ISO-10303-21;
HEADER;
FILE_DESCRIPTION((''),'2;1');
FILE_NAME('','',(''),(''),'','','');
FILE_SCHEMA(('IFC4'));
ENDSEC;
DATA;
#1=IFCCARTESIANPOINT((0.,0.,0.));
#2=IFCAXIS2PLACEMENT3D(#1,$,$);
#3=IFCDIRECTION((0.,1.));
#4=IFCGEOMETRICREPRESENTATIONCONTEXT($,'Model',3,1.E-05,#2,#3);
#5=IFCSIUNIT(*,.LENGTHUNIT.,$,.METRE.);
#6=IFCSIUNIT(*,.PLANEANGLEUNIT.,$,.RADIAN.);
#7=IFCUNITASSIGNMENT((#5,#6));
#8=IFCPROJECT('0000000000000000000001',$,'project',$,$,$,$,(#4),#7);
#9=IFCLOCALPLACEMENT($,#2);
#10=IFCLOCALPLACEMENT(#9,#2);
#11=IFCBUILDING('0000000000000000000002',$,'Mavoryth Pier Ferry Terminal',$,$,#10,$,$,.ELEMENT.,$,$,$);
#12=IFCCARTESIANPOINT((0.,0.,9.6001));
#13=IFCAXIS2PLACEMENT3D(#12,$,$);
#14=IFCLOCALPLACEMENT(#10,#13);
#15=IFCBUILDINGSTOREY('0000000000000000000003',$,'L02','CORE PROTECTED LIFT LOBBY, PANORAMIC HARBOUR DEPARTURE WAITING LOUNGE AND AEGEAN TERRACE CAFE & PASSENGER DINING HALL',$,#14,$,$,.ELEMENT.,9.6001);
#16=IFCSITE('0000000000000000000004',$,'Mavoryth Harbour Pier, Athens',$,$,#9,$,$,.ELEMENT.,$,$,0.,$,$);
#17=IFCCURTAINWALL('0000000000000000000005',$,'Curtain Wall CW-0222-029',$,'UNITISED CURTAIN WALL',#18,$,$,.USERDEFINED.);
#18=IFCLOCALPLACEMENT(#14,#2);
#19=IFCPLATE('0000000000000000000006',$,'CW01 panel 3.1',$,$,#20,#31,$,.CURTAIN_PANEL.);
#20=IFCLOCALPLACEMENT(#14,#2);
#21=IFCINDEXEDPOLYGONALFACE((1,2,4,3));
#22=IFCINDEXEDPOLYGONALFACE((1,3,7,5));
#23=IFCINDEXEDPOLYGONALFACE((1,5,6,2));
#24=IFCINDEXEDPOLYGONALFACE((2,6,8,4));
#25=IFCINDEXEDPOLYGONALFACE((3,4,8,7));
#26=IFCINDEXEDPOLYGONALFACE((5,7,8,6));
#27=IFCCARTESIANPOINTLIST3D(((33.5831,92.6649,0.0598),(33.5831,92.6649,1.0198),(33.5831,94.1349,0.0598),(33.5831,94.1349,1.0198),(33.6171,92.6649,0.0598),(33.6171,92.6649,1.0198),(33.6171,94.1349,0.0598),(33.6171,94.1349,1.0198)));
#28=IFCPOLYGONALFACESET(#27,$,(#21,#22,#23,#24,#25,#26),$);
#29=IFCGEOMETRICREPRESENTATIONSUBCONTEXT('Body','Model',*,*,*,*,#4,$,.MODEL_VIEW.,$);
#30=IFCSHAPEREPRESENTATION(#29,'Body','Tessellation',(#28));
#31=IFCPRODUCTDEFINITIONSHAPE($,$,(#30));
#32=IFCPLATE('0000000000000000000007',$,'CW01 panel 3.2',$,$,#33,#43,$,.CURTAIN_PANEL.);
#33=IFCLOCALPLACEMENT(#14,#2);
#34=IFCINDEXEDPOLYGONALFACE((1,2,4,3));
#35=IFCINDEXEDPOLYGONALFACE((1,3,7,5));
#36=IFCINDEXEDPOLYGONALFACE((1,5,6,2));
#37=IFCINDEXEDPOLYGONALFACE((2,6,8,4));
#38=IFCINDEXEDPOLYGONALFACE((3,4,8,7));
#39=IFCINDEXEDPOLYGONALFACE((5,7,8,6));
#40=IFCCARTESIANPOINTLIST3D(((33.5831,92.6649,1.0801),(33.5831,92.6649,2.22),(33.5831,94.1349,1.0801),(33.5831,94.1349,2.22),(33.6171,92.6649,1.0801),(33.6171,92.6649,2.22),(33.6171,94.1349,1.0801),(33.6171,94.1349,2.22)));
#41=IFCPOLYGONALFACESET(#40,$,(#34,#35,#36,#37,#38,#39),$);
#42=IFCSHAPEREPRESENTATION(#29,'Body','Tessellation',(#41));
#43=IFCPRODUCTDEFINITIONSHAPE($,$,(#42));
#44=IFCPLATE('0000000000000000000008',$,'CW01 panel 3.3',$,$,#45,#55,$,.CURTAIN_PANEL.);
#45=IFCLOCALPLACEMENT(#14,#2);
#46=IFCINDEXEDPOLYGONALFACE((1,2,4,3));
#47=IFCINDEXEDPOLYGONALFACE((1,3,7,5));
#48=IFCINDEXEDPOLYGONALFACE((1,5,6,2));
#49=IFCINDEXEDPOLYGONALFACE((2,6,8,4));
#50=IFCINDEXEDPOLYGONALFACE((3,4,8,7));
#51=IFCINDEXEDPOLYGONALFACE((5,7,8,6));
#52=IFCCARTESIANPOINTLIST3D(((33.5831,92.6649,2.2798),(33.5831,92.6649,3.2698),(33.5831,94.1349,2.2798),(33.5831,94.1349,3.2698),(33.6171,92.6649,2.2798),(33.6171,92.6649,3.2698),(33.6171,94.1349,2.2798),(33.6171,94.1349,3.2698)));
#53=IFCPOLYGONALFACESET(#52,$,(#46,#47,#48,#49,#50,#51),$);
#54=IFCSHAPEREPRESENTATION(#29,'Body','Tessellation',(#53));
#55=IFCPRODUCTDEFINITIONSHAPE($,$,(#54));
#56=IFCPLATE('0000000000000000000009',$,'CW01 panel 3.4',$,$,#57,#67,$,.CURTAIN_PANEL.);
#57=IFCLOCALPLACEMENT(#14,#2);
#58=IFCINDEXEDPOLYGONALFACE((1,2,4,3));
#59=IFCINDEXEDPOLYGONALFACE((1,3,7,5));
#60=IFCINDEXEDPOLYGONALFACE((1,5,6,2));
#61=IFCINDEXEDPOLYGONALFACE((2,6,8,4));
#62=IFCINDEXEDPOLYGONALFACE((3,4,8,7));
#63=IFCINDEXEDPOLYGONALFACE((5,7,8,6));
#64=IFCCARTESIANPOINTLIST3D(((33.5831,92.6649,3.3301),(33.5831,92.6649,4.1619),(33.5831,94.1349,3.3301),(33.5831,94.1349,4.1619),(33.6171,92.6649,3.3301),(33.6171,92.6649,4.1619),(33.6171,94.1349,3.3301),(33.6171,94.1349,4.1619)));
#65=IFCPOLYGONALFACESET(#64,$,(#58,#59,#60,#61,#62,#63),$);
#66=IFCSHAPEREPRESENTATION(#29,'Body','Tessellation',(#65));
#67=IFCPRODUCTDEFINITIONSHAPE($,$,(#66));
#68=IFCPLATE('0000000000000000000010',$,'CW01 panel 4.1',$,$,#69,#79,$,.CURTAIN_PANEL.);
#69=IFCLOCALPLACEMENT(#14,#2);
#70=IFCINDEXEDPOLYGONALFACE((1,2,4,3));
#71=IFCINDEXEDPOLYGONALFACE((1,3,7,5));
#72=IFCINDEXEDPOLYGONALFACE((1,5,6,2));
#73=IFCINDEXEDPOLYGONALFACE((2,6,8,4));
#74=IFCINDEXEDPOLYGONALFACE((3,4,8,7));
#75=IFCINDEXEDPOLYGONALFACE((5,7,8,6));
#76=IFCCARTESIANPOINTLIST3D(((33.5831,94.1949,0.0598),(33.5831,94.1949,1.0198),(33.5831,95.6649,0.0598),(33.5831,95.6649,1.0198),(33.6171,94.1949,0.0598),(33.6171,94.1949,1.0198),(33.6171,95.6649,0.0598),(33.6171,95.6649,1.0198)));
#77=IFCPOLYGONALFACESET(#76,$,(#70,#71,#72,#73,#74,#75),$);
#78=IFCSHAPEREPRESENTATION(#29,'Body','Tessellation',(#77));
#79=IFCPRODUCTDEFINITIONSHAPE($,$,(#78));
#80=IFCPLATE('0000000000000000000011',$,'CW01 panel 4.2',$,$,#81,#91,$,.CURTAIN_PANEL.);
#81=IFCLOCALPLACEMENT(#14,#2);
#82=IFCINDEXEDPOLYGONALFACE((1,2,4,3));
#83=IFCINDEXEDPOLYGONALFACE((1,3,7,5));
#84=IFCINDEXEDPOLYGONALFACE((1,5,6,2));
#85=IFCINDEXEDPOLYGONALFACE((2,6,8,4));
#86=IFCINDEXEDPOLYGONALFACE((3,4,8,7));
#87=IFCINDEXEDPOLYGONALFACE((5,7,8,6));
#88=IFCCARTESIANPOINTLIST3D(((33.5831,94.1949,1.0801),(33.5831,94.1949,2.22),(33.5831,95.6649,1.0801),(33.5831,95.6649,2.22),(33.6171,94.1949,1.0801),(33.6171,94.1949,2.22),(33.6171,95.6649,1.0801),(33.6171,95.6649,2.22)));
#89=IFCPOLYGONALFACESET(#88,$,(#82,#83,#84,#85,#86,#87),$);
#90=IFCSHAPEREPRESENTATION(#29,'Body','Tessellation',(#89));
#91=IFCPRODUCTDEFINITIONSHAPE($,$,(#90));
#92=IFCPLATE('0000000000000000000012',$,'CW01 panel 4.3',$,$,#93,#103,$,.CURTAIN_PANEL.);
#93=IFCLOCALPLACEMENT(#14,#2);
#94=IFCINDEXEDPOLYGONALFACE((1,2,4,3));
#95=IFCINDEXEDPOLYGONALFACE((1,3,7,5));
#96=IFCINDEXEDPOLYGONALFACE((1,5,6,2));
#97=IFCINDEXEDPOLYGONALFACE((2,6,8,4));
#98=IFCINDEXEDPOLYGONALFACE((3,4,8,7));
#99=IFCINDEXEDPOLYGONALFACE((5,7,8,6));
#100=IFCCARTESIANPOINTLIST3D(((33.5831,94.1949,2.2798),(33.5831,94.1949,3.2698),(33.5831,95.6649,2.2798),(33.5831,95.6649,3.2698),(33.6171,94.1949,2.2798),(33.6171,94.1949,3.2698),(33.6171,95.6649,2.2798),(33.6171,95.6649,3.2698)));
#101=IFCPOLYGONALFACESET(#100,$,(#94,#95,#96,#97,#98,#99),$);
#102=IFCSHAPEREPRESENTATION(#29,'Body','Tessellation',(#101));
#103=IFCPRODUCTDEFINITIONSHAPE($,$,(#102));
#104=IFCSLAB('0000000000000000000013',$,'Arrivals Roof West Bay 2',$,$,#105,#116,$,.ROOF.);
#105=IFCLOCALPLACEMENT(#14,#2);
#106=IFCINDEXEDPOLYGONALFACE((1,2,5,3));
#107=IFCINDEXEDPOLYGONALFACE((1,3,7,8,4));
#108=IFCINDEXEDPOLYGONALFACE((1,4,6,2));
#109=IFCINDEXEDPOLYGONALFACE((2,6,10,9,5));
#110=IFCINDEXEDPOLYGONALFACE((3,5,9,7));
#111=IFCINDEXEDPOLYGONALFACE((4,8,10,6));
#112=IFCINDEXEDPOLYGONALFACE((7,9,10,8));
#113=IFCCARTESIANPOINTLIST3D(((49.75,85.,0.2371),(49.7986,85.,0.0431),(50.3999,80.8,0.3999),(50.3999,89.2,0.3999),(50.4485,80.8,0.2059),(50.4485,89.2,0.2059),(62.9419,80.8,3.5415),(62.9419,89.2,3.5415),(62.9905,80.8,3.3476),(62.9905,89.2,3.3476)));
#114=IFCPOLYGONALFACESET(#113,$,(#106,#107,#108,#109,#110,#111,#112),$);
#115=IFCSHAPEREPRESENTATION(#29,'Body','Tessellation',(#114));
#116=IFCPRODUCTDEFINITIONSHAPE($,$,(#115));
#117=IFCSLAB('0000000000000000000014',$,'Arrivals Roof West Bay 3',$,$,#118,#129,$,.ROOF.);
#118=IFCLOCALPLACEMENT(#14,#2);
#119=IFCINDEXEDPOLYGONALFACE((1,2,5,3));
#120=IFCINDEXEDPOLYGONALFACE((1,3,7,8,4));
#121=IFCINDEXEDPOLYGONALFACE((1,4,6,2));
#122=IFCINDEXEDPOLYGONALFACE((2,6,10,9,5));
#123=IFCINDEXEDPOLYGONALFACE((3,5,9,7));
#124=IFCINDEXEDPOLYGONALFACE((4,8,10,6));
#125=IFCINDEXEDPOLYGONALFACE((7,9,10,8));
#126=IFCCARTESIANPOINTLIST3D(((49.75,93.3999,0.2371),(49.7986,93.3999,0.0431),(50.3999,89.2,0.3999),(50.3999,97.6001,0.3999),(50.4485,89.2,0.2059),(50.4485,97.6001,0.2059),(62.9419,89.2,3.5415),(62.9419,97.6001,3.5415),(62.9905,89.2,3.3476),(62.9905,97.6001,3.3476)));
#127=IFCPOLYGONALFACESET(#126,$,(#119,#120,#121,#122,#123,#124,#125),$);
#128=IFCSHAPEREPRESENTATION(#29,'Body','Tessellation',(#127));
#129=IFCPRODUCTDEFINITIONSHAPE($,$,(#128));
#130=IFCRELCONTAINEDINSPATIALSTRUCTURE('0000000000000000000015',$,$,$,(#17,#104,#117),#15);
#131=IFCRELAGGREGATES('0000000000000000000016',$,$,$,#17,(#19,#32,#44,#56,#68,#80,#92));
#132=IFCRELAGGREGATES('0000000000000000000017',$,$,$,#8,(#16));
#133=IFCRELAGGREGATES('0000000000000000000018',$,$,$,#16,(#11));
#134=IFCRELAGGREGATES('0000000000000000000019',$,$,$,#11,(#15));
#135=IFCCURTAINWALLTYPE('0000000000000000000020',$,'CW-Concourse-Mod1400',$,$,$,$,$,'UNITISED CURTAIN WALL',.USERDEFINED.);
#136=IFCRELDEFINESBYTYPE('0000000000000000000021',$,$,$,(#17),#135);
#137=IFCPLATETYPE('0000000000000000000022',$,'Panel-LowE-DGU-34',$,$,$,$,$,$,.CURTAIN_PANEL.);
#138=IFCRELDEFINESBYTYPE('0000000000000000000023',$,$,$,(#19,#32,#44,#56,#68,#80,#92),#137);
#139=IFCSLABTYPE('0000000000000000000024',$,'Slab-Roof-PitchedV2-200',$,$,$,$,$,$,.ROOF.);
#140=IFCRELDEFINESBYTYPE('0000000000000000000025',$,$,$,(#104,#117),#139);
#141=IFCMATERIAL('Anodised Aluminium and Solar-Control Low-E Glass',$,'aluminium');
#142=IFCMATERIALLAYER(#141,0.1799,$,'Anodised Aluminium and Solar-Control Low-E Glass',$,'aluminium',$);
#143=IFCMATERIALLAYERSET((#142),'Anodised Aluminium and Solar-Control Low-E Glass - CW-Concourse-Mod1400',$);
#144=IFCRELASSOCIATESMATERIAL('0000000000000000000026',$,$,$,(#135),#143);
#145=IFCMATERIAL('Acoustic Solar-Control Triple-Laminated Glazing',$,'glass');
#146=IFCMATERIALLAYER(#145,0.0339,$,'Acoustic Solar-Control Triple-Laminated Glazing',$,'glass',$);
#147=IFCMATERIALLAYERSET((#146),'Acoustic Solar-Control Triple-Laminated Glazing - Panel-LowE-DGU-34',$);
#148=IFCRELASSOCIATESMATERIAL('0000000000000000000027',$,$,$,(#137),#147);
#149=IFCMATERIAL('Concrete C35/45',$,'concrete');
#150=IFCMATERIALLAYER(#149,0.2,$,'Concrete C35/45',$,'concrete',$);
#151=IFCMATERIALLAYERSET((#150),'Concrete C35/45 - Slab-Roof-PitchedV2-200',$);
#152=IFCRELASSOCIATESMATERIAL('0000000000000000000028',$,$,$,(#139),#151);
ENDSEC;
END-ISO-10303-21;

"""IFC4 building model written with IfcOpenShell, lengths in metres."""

from ifc_helpers import new_model, si_unit, direction, frame, origin, origin_2d, place, context, subcontext, project, spatial, polyline, rectangle, outline, extrude, material, layer, layer_set, type_object, element, aggregate, save


model = new_model("IFC4")

# Units and contexts
model_context = context("Model", 3, precision=1e-05, world=origin(), true_north=direction((0.0, 1.0)))
body_context = subcontext(model_context, "Body", "Model", "MODEL_VIEW")
ifc_project = project(units=[si_unit("LENGTHUNIT", "METRE"), si_unit("PLANEANGLEUNIT", "RADIAN")], contexts=[model_context])

# Site, building, storey
site_placement = place(None, origin())
site = spatial("IfcSite", under=ifc_project, at=site_placement, Name="Mavoryth Harbour Pier, Athens", CompositionType="ELEMENT", RefElevation=0.0)
building_placement = place(site_placement, origin())
building = spatial("IfcBuilding", under=site, at=building_placement, Name="Mavoryth Pier Ferry Terminal", CompositionType="ELEMENT")
storey_placement = place(building_placement, frame((0.0, 0.0, 9.6001)))
storey = spatial("IfcBuildingStorey", under=building, at=storey_placement, Name="L02", Description="CORE PROTECTED LIFT LOBBY, PANORAMIC HARBOUR DEPARTURE WAITING LOUNGE AND AEGEAN TERRACE CAFE & PASSENGER DINING HALL", CompositionType="ELEMENT", Elevation=9.6001)

# Curtain wall
ifc_material_1 = material(Name="Anodised Aluminium and Solar-Control Low-E Glass", Category="aluminium")
ifc_layer_1 = layer(ifc_material_1, 0.1799, Name="Anodised Aluminium and Solar-Control Low-E Glass", Category="aluminium")
ifc_layer_set_1 = layer_set([ifc_layer_1], Name="Anodised Aluminium and Solar-Control Low-E Glass - CW-Concourse-Mod1400")
curtain_wall_type = type_object("IfcCurtainWallType", Name="CW-Concourse-Mod1400", ElementType="UNITISED CURTAIN WALL", PredefinedType="USERDEFINED", material=ifc_layer_set_1)
curtain_wall_placement = place(storey_placement, origin())
curtain_wall = element("IfcCurtainWall", 1, at=curtain_wall_placement, inside=storey, type_object=curtain_wall_type, Name="Curtain Wall CW-0222-029", ObjectType="UNITISED CURTAIN WALL", PredefinedType="USERDEFINED")

# Plates
ifc_material_2 = material(Name="Acoustic Solar-Control Triple-Laminated Glazing", Category="glass")
ifc_layer_2 = layer(ifc_material_2, 0.0339, Name="Acoustic Solar-Control Triple-Laminated Glazing", Category="glass")
ifc_layer_set_2 = layer_set([ifc_layer_2], Name="Acoustic Solar-Control Triple-Laminated Glazing - Panel-LowE-DGU-34")
plate_type = type_object("IfcPlateType", Name="Panel-LowE-DGU-34", PredefinedType="CURTAIN_PANEL", material=ifc_layer_set_2)
plate_1_placement = place(storey_placement, frame((33.6001, 93.3999, 0.0598), z_axis=(0.0, 0.0, 1.0), x_axis=(0.0, 1.0, 0.0)))
plate_1 = element("IfcPlate", 2, at=plate_1_placement, type_object=plate_type, Name="CW01 panel 3.1", PredefinedType="CURTAIN_PANEL", context=body_context, shape_type="SweptSolid", body=[
    extrude(rectangle(XDim=1.47, YDim=0.0339, at=origin_2d()), origin(), (0.0, 0.0, 1.0), 0.96),
])
plate_2_placement = place(storey_placement, frame((33.6001, 93.3999, 1.0801), z_axis=(0.0, 0.0, 1.0), x_axis=(0.0, 1.0, 0.0)))
plate_2 = element("IfcPlate", 3, at=plate_2_placement, type_object=plate_type, Name="CW01 panel 3.2", PredefinedType="CURTAIN_PANEL", context=body_context, shape_type="SweptSolid", body=[
    extrude(rectangle(XDim=1.47, YDim=0.0339, at=origin_2d()), origin(), (0.0, 0.0, 1.0), 1.1399),
])
plate_3_placement = place(storey_placement, frame((33.6001, 93.3999, 2.2798), z_axis=(0.0, 0.0, 1.0), x_axis=(0.0, 1.0, 0.0)))
plate_3 = element("IfcPlate", 4, at=plate_3_placement, type_object=plate_type, Name="CW01 panel 3.3", PredefinedType="CURTAIN_PANEL", context=body_context, shape_type="SweptSolid", body=[
    extrude(rectangle(XDim=1.47, YDim=0.0339, at=origin_2d()), origin(), (0.0, 0.0, 1.0), 0.99),
])
plate_4_placement = place(storey_placement, frame((33.6001, 93.3999, 3.3301), z_axis=(0.0, 0.0, 1.0), x_axis=(0.0, 1.0, 0.0)))
plate_4 = element("IfcPlate", 5, at=plate_4_placement, type_object=plate_type, Name="CW01 panel 3.4", PredefinedType="CURTAIN_PANEL", context=body_context, shape_type="SweptSolid", body=[
    extrude(rectangle(XDim=1.47, YDim=0.0339, at=origin_2d()), origin(), (0.0, 0.0, 1.0), 0.8318),
])
plate_5_placement = place(storey_placement, frame((33.6001, 94.9299, 0.0598), z_axis=(0.0, 0.0, 1.0), x_axis=(0.0, 1.0, 0.0)))
plate_5 = element("IfcPlate", 6, at=plate_5_placement, type_object=plate_type, Name="CW01 panel 4.1", PredefinedType="CURTAIN_PANEL", context=body_context, shape_type="SweptSolid", body=[
    extrude(rectangle(XDim=1.47, YDim=0.0339, at=origin_2d()), origin(), (0.0, 0.0, 1.0), 0.96),
])
plate_6_placement = place(storey_placement, frame((33.6001, 94.9299, 1.0801), z_axis=(0.0, 0.0, 1.0), x_axis=(0.0, 1.0, 0.0)))
plate_6 = element("IfcPlate", 7, at=plate_6_placement, type_object=plate_type, Name="CW01 panel 4.2", PredefinedType="CURTAIN_PANEL", context=body_context, shape_type="SweptSolid", body=[
    extrude(rectangle(XDim=1.47, YDim=0.0339, at=origin_2d()), origin(), (0.0, 0.0, 1.0), 1.1399),
])
plate_7_placement = place(storey_placement, frame((33.6001, 94.9299, 2.2798), z_axis=(0.0, 0.0, 1.0), x_axis=(0.0, 1.0, 0.0)))
plate_7 = element("IfcPlate", 8, at=plate_7_placement, type_object=plate_type, Name="CW01 panel 4.3", PredefinedType="CURTAIN_PANEL", context=body_context, shape_type="SweptSolid", body=[
    extrude(rectangle(XDim=1.47, YDim=0.0339, at=origin_2d()), origin(), (0.0, 0.0, 1.0), 0.99),
])
aggregate(curtain_wall, [plate_1, plate_2, plate_3, plate_4, plate_5, plate_6, plate_7])

# Slabs
ifc_material_3 = material(Name="Concrete C35/45", Category="concrete")
ifc_layer_3 = layer(ifc_material_3, 0.2, Name="Concrete C35/45", Category="concrete")
ifc_layer_set_3 = layer_set([ifc_layer_3], Name="Concrete C35/45 - Slab-Roof-PitchedV2-200")
slab_type = type_object("IfcSlabType", Name="Slab-Roof-PitchedV2-200", PredefinedType="ROOF", material=ifc_layer_set_3)
slab_1_placement = place(storey_placement, frame((50.3999, 80.8, 0.3999), z_axis=(-0.242982, 0.0, 0.970031), x_axis=(0.970031, 0.0, 0.242982)))
element("IfcSlab", 9, at=slab_1_placement, inside=storey, type_object=slab_type, Name="Arrivals Roof West Bay 2", PredefinedType="ROOF", context=body_context, shape_type="SweptSolid", body=[
    extrude(outline(polyline([(0.0, 0.0), (12.9295, 0.0), (12.9295, 8.3999), (0.0, 8.3999), (-0.67, 4.2), (0.0, 0.0)])), origin(), (0.0, 0.0, -1.0), 0.2),
])
slab_2_placement = place(storey_placement, frame((50.3999, 89.2, 0.3999), z_axis=(-0.242982, 0.0, 0.970031), x_axis=(0.970031, 0.0, 0.242982)))
element("IfcSlab", 10, at=slab_2_placement, inside=storey, type_object=slab_type, Name="Arrivals Roof West Bay 3", PredefinedType="ROOF", context=body_context, shape_type="SweptSolid", body=[
    extrude(outline(polyline([(0.0, 0.0), (12.9295, 0.0), (12.9295, 8.4001), (0.0, 8.4001), (-0.67, 4.2), (0.0, 0.0)])), origin(), (0.0, 0.0, -1.0), 0.2),
])

save(model, "model.ifc")
